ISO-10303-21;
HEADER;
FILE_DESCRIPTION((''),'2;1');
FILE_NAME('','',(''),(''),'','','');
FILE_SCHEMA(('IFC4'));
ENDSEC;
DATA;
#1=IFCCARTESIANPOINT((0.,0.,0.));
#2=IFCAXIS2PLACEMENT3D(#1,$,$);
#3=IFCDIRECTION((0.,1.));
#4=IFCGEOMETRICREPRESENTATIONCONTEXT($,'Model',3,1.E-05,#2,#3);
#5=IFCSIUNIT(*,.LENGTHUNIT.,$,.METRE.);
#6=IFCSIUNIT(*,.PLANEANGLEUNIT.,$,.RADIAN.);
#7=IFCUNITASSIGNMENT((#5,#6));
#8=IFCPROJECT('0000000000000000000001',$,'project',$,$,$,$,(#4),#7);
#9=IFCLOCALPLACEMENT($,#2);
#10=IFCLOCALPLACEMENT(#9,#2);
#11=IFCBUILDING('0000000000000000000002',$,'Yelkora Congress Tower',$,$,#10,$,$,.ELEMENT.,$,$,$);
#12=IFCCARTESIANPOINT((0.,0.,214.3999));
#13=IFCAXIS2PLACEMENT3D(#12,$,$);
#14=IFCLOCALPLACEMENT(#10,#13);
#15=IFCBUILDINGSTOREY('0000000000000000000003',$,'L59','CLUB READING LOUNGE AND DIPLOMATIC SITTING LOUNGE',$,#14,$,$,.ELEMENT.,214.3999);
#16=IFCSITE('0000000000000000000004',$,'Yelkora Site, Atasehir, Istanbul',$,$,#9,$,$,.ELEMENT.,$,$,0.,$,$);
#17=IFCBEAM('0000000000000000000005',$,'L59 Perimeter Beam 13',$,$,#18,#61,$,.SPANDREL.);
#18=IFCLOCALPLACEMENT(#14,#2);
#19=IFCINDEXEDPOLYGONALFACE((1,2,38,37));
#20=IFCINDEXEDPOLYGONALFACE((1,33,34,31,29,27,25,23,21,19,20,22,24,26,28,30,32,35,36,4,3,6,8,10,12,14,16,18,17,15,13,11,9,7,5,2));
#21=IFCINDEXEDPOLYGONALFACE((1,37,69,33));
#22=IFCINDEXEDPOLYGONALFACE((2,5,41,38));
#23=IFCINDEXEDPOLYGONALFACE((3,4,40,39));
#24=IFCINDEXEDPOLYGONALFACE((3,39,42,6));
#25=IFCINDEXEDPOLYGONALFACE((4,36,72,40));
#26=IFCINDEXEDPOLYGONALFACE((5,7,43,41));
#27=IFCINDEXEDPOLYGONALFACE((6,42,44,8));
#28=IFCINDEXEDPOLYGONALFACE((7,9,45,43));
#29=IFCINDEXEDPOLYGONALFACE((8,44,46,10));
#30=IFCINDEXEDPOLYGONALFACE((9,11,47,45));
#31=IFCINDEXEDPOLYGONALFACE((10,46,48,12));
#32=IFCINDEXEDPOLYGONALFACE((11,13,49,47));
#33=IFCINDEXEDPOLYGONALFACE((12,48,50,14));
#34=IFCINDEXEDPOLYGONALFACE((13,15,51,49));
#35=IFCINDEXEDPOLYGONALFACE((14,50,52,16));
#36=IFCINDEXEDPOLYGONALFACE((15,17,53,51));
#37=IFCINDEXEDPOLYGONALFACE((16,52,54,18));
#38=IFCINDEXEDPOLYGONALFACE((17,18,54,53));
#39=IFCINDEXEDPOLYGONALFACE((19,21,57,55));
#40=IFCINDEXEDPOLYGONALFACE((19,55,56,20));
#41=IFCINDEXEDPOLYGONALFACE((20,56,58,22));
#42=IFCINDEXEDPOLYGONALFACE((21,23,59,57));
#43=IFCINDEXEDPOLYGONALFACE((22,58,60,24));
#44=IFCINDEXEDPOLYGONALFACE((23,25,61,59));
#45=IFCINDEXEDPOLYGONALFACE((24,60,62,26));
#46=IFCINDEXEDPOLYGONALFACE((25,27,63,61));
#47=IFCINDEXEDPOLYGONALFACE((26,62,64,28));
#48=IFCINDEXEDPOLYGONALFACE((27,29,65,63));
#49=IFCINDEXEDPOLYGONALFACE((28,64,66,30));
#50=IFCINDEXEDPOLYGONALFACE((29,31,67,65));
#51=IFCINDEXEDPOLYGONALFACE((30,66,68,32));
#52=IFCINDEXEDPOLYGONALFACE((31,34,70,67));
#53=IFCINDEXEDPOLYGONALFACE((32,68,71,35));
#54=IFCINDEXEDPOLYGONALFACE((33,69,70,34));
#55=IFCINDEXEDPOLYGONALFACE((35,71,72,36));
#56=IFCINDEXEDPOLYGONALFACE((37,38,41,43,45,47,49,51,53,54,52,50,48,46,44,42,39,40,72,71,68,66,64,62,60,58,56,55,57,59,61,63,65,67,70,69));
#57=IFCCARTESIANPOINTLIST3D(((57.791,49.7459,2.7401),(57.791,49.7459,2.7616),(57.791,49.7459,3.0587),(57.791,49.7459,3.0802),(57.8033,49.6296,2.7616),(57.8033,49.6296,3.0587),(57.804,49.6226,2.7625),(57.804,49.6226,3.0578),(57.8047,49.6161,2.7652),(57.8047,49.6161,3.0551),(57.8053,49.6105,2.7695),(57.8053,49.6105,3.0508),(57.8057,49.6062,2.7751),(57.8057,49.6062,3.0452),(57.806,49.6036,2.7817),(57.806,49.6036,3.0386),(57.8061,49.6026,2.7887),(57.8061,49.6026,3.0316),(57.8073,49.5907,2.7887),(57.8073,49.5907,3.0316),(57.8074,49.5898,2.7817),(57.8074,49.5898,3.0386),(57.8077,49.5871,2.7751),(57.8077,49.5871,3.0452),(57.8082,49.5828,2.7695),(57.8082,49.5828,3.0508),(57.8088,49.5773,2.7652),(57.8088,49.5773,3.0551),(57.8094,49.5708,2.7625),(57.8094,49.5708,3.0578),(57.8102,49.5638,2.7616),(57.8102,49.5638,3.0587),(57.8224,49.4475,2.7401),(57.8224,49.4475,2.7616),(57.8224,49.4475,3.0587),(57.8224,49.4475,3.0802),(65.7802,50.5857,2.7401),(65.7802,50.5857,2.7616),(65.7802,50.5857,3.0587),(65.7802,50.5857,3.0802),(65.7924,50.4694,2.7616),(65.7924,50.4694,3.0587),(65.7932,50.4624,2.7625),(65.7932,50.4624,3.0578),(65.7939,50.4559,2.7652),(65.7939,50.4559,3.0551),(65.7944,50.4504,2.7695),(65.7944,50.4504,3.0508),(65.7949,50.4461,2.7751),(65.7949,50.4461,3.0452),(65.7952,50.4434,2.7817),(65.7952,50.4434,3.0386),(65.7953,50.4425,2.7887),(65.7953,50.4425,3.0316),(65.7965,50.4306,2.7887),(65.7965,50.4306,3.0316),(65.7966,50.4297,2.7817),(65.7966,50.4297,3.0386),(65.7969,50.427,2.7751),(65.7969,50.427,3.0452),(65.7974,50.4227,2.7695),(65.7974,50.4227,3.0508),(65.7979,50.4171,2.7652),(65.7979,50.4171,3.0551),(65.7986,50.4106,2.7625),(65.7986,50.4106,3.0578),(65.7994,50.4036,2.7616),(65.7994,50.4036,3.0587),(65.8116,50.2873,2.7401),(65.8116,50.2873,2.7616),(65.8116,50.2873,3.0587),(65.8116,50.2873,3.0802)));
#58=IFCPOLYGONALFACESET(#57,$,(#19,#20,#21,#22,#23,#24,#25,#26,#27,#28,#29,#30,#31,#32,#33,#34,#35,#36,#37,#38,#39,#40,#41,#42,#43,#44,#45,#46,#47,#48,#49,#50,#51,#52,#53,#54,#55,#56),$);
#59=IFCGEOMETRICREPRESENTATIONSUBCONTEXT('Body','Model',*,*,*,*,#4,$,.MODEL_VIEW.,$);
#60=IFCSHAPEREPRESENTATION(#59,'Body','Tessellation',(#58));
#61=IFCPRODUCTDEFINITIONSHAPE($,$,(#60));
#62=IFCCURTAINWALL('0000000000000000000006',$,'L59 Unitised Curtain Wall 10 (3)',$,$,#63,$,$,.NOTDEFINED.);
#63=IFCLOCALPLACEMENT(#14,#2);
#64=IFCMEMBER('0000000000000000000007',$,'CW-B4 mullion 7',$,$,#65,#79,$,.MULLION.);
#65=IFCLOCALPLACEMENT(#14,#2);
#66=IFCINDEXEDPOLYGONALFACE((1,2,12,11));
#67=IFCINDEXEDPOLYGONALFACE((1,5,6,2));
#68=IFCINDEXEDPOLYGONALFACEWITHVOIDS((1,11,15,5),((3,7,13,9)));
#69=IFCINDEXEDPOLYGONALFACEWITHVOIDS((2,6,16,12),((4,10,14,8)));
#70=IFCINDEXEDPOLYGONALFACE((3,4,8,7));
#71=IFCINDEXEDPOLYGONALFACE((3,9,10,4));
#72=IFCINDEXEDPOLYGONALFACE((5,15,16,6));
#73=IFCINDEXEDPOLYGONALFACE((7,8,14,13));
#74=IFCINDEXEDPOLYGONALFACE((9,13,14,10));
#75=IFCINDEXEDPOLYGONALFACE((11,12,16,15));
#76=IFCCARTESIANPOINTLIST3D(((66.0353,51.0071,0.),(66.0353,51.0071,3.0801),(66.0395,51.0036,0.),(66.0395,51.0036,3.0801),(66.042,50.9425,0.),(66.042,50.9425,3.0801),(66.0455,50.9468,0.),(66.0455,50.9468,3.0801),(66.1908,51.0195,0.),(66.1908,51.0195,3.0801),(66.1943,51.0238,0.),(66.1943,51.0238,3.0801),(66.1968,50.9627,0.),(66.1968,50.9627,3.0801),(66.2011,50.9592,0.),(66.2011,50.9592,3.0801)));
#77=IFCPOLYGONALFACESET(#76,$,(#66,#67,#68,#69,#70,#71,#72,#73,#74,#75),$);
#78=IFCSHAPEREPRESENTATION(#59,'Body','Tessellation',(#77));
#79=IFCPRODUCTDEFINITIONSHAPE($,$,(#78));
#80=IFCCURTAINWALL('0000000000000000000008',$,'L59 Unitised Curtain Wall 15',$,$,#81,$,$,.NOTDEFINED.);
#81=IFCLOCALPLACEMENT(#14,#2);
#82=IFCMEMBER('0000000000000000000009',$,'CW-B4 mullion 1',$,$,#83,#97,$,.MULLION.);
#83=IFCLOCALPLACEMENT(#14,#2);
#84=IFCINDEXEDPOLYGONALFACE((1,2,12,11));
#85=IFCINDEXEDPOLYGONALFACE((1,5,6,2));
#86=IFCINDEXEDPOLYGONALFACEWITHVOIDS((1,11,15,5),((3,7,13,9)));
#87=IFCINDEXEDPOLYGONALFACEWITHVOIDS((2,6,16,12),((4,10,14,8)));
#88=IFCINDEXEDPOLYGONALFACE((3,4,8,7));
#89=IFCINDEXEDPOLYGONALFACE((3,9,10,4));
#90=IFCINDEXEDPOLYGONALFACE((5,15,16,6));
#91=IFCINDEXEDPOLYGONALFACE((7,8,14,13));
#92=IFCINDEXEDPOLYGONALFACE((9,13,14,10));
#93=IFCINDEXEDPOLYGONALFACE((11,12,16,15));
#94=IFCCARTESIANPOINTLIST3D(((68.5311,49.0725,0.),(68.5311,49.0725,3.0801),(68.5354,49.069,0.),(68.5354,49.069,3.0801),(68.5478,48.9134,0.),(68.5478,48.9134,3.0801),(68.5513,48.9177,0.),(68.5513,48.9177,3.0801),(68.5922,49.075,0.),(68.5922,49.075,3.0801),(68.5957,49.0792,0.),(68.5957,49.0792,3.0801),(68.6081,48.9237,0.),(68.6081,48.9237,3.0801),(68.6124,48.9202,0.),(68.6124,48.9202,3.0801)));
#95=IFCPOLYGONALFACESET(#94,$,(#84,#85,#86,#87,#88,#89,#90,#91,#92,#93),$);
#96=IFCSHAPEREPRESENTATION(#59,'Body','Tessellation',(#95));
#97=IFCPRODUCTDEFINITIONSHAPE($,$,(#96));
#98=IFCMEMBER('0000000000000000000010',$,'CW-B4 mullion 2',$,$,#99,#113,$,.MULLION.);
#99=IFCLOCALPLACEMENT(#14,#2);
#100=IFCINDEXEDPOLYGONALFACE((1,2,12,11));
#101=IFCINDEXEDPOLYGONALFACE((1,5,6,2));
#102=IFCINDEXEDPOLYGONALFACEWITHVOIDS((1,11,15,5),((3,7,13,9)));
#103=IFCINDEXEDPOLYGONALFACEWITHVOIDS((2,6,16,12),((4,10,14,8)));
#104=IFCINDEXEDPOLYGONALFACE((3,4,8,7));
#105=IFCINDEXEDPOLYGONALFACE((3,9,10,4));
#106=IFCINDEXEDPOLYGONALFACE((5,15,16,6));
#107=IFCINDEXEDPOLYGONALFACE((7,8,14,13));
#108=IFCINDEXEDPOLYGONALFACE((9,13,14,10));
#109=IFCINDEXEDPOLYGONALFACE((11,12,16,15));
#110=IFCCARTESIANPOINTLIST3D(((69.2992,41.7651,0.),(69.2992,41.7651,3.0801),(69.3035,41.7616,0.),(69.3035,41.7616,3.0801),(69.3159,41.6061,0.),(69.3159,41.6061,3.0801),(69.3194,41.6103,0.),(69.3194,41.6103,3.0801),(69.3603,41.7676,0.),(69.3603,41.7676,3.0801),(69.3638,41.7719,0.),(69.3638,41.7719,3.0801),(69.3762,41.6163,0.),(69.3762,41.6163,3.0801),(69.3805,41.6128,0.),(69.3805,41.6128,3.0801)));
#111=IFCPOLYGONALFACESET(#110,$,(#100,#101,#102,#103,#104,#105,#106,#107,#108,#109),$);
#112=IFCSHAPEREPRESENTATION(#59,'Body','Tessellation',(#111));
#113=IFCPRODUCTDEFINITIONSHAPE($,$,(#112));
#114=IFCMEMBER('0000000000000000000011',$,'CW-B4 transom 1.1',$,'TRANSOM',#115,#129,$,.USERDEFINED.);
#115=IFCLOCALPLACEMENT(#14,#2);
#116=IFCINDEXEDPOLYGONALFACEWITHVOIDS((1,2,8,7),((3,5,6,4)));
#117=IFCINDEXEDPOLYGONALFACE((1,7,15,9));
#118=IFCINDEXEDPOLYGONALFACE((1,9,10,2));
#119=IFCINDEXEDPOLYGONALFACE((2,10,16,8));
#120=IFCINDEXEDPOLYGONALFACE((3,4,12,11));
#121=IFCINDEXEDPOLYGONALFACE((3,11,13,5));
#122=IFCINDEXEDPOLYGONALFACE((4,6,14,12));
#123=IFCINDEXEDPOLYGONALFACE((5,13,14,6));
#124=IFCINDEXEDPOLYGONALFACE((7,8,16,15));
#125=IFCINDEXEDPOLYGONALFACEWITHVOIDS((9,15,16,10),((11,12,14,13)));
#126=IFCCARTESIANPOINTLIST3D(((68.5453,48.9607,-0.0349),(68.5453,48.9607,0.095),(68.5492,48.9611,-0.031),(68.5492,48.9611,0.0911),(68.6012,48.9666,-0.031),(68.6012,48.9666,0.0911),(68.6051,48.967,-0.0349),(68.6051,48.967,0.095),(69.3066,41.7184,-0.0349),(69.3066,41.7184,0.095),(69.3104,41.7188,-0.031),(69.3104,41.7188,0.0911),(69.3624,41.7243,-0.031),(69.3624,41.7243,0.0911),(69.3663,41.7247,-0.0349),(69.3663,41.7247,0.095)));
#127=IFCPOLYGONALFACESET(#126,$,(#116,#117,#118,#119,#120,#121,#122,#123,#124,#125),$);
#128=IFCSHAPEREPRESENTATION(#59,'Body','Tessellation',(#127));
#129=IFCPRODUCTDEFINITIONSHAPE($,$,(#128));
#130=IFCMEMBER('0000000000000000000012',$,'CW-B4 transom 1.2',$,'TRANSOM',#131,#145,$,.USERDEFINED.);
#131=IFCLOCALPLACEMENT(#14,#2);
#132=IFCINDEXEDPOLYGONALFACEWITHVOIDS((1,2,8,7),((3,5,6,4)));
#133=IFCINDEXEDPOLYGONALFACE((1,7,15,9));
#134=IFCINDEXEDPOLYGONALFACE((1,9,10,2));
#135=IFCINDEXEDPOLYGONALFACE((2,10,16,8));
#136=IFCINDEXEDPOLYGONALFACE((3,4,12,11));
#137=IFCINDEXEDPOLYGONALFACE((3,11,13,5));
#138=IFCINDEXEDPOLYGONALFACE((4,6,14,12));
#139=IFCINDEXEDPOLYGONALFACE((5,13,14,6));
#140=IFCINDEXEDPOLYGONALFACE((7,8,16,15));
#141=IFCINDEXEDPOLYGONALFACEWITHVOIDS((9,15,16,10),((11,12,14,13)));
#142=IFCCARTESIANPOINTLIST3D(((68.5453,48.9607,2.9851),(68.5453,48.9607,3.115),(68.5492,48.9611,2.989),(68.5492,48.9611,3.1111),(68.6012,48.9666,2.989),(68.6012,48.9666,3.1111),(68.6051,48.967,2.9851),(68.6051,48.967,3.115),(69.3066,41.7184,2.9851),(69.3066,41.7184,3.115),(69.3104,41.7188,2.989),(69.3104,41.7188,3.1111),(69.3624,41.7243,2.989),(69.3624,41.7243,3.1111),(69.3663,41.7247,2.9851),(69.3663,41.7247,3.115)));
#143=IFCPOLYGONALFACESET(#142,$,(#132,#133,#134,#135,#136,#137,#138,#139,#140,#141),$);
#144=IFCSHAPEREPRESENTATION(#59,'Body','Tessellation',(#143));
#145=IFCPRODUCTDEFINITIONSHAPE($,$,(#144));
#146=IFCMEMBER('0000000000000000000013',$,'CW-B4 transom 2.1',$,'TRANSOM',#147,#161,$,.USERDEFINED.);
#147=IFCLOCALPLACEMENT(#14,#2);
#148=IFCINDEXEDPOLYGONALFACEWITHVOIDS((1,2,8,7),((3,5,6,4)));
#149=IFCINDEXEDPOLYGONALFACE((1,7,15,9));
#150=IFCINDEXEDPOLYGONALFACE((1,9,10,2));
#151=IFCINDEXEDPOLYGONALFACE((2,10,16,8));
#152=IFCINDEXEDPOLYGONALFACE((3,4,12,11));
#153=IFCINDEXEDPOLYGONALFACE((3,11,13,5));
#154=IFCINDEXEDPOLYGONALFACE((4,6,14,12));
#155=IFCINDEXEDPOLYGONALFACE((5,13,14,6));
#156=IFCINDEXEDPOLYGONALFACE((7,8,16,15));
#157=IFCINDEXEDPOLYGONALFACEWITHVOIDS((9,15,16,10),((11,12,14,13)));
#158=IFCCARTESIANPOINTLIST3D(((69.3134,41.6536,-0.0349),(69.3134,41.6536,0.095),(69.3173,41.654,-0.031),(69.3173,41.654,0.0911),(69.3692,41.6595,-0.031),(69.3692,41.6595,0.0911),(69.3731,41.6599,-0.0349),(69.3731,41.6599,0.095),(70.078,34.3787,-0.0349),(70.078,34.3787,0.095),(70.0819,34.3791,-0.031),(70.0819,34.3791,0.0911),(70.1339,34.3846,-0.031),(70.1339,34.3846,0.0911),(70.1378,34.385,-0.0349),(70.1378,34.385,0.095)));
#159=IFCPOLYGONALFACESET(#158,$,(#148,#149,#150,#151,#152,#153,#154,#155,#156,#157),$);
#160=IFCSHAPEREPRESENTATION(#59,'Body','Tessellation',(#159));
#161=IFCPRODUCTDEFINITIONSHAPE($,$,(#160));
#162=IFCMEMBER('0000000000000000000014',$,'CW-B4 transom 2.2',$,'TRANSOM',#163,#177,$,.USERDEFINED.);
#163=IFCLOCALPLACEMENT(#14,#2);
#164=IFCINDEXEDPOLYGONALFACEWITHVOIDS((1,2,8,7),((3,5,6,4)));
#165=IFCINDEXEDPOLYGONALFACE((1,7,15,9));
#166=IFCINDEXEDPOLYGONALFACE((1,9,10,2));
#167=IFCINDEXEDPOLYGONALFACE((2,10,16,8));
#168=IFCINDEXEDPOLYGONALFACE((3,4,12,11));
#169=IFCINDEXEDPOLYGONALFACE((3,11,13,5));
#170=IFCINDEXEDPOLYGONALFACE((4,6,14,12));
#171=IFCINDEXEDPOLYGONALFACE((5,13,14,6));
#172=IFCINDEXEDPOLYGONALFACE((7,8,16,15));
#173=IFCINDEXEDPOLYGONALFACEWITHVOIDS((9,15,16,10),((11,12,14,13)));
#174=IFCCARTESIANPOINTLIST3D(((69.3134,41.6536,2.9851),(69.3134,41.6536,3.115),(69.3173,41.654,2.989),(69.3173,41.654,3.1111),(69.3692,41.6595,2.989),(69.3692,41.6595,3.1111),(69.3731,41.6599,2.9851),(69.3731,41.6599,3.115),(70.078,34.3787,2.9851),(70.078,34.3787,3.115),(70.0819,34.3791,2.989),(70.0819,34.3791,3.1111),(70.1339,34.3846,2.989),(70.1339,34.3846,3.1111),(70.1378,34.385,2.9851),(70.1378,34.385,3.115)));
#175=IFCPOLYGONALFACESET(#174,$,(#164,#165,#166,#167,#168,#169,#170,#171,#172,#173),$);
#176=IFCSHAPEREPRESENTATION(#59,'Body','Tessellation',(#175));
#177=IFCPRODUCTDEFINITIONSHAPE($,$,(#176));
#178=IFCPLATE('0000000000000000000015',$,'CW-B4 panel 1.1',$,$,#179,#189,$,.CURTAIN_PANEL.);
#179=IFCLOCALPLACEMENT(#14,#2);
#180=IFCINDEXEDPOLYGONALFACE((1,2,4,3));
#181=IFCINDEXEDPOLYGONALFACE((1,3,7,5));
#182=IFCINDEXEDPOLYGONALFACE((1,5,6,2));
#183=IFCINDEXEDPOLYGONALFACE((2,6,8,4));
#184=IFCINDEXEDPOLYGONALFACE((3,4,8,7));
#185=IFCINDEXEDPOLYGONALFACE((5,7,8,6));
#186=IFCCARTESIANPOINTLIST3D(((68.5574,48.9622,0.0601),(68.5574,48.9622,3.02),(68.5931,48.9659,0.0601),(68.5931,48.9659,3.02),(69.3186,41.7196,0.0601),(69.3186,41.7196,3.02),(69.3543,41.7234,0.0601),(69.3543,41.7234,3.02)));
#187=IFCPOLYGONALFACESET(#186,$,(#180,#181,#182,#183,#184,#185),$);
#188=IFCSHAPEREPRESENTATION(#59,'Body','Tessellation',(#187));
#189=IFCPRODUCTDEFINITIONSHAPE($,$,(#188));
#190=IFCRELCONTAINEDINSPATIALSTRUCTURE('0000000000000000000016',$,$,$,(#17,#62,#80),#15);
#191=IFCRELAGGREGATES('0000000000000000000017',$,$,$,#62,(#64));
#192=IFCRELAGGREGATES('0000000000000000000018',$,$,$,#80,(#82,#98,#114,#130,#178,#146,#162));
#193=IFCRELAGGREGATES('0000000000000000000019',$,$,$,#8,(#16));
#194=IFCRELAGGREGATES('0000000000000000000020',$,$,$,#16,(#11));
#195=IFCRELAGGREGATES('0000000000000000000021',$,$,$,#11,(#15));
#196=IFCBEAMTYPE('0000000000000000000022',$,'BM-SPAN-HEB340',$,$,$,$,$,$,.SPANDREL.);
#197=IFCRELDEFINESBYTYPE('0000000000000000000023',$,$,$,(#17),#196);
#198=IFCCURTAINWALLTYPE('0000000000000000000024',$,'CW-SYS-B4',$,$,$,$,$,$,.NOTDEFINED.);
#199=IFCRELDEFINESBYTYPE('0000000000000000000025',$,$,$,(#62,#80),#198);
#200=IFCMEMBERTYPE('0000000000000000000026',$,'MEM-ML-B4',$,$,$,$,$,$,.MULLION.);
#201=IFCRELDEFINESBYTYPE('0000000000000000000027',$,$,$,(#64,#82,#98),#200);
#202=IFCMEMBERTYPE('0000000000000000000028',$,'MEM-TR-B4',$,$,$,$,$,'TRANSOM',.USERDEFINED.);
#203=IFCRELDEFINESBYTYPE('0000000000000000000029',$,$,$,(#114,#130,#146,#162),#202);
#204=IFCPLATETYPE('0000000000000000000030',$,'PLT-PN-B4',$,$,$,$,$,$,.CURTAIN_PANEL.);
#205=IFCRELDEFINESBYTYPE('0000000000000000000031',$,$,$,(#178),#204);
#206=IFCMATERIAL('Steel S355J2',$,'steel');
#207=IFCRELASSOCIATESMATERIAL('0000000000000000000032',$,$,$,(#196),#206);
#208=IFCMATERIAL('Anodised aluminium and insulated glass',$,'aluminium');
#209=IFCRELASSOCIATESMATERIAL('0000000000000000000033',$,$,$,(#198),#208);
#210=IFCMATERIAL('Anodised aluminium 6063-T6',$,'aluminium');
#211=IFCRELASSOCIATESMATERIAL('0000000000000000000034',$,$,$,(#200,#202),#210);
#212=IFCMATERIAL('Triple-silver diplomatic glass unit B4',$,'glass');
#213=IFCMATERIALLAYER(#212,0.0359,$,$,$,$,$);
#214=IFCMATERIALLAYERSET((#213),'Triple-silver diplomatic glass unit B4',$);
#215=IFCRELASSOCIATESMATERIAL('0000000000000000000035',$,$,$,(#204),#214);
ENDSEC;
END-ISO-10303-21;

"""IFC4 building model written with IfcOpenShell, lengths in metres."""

from ifc_helpers import new_model, si_unit, direction, frame, origin, origin_2d, place, context, subcontext, project, spatial, rectangle, hollow_rectangle, i_section, extrude, material, layer, layer_set, material_profile, profile_set, type_object, element, aggregate, save


model = new_model("IFC4")

# Units and contexts
model_context = context("Model", 3, precision=1e-05, world=origin(), true_north=direction((0.0, 1.0)))
body_context = subcontext(model_context, "Body", "Model", "MODEL_VIEW")
ifc_project = project(units=[si_unit("LENGTHUNIT", "METRE"), si_unit("PLANEANGLEUNIT", "RADIAN")], contexts=[model_context])

# Site, building, storey
site_placement = place(None, origin())
site = spatial("IfcSite", under=ifc_project, at=site_placement, Name="Yelkora Site, Atasehir, Istanbul", CompositionType="ELEMENT", RefElevation=0.0)
building_placement = place(site_placement, origin())
building = spatial("IfcBuilding", under=site, at=building_placement, Name="Yelkora Congress Tower", CompositionType="ELEMENT")
storey_placement = place(building_placement, frame((0.0, 0.0, 214.3999)))
storey = spatial("IfcBuildingStorey", under=building, at=storey_placement, Name="L59", Description="CLUB READING LOUNGE AND DIPLOMATIC SITTING LOUNGE", CompositionType="ELEMENT", Elevation=214.3999)

# Shared definitions
ifc_material_1 = material(Name="Steel S355J2", Category="steel")

# Beam
ifc_material_profile_1 = material_profile(ifc_material_1, i_section(OverallWidth=0.3, OverallDepth=0.3401, WebThickness=0.012, FlangeThickness=0.0215, FilletRadius=0.0271, at=origin_2d()), Name="HEB 340")
ifc_profile_set_1 = profile_set([ifc_material_profile_1], Name="Steel S355J2")
beam_type_1 = type_object("IfcBeamType", Name="BM-SPAN-HEB340", PredefinedType="SPANDREL", material=ifc_profile_set_1)
beam_1_placement = place(storey_placement, frame((65.7959, 50.4365, 2.9102), z_axis=(-0.99452, -0.104546, 0.0), x_axis=(0.104546, -0.99452, 0.0)))
element("IfcBeam", 1, at=beam_1_placement, inside=storey, type_object=beam_type_1, Name="L59 Perimeter Beam 13", PredefinedType="SPANDREL", context=body_context, shape_type="SweptSolid", body=[
    extrude(i_section(OverallWidth=0.3, OverallDepth=0.3401, WebThickness=0.012, FlangeThickness=0.0215, FilletRadius=0.0271, at=origin_2d()), origin(), (0.0, 0.0, 1.0), 8.0332),
])

# Curtain wall, member
ifc_material_2 = material(Name="Anodised aluminium and insulated glass", Category="aluminium")
curtain_wall_type = type_object("IfcCurtainWallType", Name="CW-SYS-B4", PredefinedType="NOTDEFINED", material=ifc_material_2)
curtain_wall_1_placement = place(storey_placement, origin())
curtain_wall_1 = element("IfcCurtainWall", 2, at=curtain_wall_1_placement, inside=storey, type_object=curtain_wall_type, Name="L59 Unitised Curtain Wall 10 (3)", PredefinedType="NOTDEFINED")
ifc_material_3 = material(Name="Anodised aluminium 6063-T6", Category="aluminium")
ifc_material_profile_2 = material_profile(ifc_material_3, hollow_rectangle(XDim=0.0649, YDim=0.1599, WallThickness=0.0039, at=origin_2d()), Name="ALU 65x160x4")
ifc_profile_set_2 = profile_set([ifc_material_profile_2], Name="Anodised aluminium 6063-T6")
member_type_1 = type_object("IfcMemberType", Name="MEM-ML-B4", PredefinedType="MULLION", material=ifc_profile_set_2)
member_1_placement = place(storey_placement, frame((66.1182, 50.9832, 0.0), z_axis=(0.0, 0.0, 1.0), x_axis=(-0.104528, 0.994522, 0.0)))
member_1 = element("IfcMember", 3, at=member_1_placement, type_object=member_type_1, Name="CW-B4 mullion 7", PredefinedType="MULLION", context=body_context, shape_type="SweptSolid", body=[
    extrude(hollow_rectangle(XDim=0.0649, YDim=0.1599, WallThickness=0.0039, at=origin_2d()), origin(), (0.0, 0.0, 1.0), 3.0801),
])
aggregate(curtain_wall_1, [member_1])

# Curtain wall, members, plate
curtain_wall_2_placement = place(storey_placement, origin())
curtain_wall_2 = element("IfcCurtainWall", 4, at=curtain_wall_2_placement, inside=storey, type_object=curtain_wall_type, Name="L59 Unitised Curtain Wall 15", PredefinedType="NOTDEFINED")
member_2_placement = place(storey_placement, frame((68.5718, 48.9963, 0.0), z_axis=(0.0, 0.0, 1.0), x_axis=(0.994522, 0.104526, 0.0)))
member_2 = element("IfcMember", 5, at=member_2_placement, type_object=member_type_1, Name="CW-B4 mullion 1", PredefinedType="MULLION", context=body_context, shape_type="SweptSolid", body=[
    extrude(hollow_rectangle(XDim=0.0649, YDim=0.1599, WallThickness=0.0039, at=origin_2d()), origin(), (0.0, 0.0, 1.0), 3.0801),
])
member_3_placement = place(storey_placement, frame((69.3398, 41.689, 0.0), z_axis=(0.0, 0.0, 1.0), x_axis=(0.994522, 0.104526, 0.0)))
member_3 = element("IfcMember", 6, at=member_3_placement, type_object=member_type_1, Name="CW-B4 mullion 2", PredefinedType="MULLION", context=body_context, shape_type="SweptSolid", body=[
    extrude(hollow_rectangle(XDim=0.0649, YDim=0.1599, WallThickness=0.0039, at=origin_2d()), origin(), (0.0, 0.0, 1.0), 3.0801),
])
ifc_material_profile_3 = material_profile(ifc_material_3, hollow_rectangle(XDim=0.0601, YDim=0.1299, WallThickness=0.0039, at=origin_2d()), Name="ALU 60x130x4")
ifc_profile_set_3 = profile_set([ifc_material_profile_3], Name="Anodised aluminium 6063-T6")
member_type_2 = type_object("IfcMemberType", Name="MEM-TR-B4", ElementType="TRANSOM", PredefinedType="USERDEFINED", material=ifc_profile_set_3)
member_4_placement = place(storey_placement, frame((68.5752, 48.9639, 0.03), z_axis=(0.104531, -0.994522, 0.0), x_axis=(0.994522, 0.104531, 0.0)))
member_4 = element("IfcMember", 7, at=member_4_placement, type_object=member_type_2, Name="CW-B4 transom 1.1", ObjectType="TRANSOM", PredefinedType="USERDEFINED", context=body_context, shape_type="SweptSolid", body=[
    extrude(hollow_rectangle(XDim=0.0601, YDim=0.1299, WallThickness=0.0039, at=origin_2d()), origin(), (0.0, 0.0, 1.0), 7.2822),
])
member_5_placement = place(storey_placement, frame((68.5752, 48.9639, 3.05), z_axis=(0.104531, -0.994522, 0.0), x_axis=(0.994522, 0.104531, 0.0)))
member_5 = element("IfcMember", 8, at=member_5_placement, type_object=member_type_2, Name="CW-B4 transom 1.2", ObjectType="TRANSOM", PredefinedType="USERDEFINED", context=body_context, shape_type="SweptSolid", body=[
    extrude(hollow_rectangle(XDim=0.0601, YDim=0.1299, WallThickness=0.0039, at=origin_2d()), origin(), (0.0, 0.0, 1.0), 7.2822),
])
member_6_placement = place(storey_placement, frame((69.3433, 41.6567, 0.03), z_axis=(0.104532, -0.994522, 0.0), x_axis=(0.994522, 0.104532, 0.0)))
member_6 = element("IfcMember", 9, at=member_6_placement, type_object=member_type_2, Name="CW-B4 transom 2.1", ObjectType="TRANSOM", PredefinedType="USERDEFINED", context=body_context, shape_type="SweptSolid", body=[
    extrude(hollow_rectangle(XDim=0.0601, YDim=0.1299, WallThickness=0.0039, at=origin_2d()), origin(), (0.0, 0.0, 1.0), 7.3149),
])
member_7_placement = place(storey_placement, frame((69.3433, 41.6567, 3.05), z_axis=(0.104532, -0.994522, 0.0), x_axis=(0.994522, 0.104532, 0.0)))
member_7 = element("IfcMember", 10, at=member_7_placement, type_object=member_type_2, Name="CW-B4 transom 2.2", ObjectType="TRANSOM", PredefinedType="USERDEFINED", context=body_context, shape_type="SweptSolid", body=[
    extrude(hollow_rectangle(XDim=0.0601, YDim=0.1299, WallThickness=0.0039, at=origin_2d()), origin(), (0.0, 0.0, 1.0), 7.3149),
])
ifc_material_4 = material(Name="Triple-silver diplomatic glass unit B4", Category="glass")
ifc_layer_1 = layer(ifc_material_4, 0.0359)
ifc_layer_set_1 = layer_set([ifc_layer_1], Name="Triple-silver diplomatic glass unit B4")
plate_type = type_object("IfcPlateType", Name="PLT-PN-B4", PredefinedType="CURTAIN_PANEL", material=ifc_layer_set_1)
plate_1_placement = place(storey_placement, frame((68.9558, 45.3428, 0.0601), z_axis=(0.0, 0.0, 1.0), x_axis=(0.104526, -0.994522, 0.0)))
plate_1 = element("IfcPlate", 11, at=plate_1_placement, type_object=plate_type, Name="CW-B4 panel 1.1", PredefinedType="CURTAIN_PANEL", context=body_context, shape_type="SweptSolid", body=[
    extrude(rectangle(XDim=7.2825, YDim=0.0359, at=origin_2d()), origin(), (0.0, 0.0, 1.0), 2.96),
])
aggregate(curtain_wall_2, [member_2, member_3, member_4, member_5, plate_1, member_6, member_7])

save(model, "model.ifc")
